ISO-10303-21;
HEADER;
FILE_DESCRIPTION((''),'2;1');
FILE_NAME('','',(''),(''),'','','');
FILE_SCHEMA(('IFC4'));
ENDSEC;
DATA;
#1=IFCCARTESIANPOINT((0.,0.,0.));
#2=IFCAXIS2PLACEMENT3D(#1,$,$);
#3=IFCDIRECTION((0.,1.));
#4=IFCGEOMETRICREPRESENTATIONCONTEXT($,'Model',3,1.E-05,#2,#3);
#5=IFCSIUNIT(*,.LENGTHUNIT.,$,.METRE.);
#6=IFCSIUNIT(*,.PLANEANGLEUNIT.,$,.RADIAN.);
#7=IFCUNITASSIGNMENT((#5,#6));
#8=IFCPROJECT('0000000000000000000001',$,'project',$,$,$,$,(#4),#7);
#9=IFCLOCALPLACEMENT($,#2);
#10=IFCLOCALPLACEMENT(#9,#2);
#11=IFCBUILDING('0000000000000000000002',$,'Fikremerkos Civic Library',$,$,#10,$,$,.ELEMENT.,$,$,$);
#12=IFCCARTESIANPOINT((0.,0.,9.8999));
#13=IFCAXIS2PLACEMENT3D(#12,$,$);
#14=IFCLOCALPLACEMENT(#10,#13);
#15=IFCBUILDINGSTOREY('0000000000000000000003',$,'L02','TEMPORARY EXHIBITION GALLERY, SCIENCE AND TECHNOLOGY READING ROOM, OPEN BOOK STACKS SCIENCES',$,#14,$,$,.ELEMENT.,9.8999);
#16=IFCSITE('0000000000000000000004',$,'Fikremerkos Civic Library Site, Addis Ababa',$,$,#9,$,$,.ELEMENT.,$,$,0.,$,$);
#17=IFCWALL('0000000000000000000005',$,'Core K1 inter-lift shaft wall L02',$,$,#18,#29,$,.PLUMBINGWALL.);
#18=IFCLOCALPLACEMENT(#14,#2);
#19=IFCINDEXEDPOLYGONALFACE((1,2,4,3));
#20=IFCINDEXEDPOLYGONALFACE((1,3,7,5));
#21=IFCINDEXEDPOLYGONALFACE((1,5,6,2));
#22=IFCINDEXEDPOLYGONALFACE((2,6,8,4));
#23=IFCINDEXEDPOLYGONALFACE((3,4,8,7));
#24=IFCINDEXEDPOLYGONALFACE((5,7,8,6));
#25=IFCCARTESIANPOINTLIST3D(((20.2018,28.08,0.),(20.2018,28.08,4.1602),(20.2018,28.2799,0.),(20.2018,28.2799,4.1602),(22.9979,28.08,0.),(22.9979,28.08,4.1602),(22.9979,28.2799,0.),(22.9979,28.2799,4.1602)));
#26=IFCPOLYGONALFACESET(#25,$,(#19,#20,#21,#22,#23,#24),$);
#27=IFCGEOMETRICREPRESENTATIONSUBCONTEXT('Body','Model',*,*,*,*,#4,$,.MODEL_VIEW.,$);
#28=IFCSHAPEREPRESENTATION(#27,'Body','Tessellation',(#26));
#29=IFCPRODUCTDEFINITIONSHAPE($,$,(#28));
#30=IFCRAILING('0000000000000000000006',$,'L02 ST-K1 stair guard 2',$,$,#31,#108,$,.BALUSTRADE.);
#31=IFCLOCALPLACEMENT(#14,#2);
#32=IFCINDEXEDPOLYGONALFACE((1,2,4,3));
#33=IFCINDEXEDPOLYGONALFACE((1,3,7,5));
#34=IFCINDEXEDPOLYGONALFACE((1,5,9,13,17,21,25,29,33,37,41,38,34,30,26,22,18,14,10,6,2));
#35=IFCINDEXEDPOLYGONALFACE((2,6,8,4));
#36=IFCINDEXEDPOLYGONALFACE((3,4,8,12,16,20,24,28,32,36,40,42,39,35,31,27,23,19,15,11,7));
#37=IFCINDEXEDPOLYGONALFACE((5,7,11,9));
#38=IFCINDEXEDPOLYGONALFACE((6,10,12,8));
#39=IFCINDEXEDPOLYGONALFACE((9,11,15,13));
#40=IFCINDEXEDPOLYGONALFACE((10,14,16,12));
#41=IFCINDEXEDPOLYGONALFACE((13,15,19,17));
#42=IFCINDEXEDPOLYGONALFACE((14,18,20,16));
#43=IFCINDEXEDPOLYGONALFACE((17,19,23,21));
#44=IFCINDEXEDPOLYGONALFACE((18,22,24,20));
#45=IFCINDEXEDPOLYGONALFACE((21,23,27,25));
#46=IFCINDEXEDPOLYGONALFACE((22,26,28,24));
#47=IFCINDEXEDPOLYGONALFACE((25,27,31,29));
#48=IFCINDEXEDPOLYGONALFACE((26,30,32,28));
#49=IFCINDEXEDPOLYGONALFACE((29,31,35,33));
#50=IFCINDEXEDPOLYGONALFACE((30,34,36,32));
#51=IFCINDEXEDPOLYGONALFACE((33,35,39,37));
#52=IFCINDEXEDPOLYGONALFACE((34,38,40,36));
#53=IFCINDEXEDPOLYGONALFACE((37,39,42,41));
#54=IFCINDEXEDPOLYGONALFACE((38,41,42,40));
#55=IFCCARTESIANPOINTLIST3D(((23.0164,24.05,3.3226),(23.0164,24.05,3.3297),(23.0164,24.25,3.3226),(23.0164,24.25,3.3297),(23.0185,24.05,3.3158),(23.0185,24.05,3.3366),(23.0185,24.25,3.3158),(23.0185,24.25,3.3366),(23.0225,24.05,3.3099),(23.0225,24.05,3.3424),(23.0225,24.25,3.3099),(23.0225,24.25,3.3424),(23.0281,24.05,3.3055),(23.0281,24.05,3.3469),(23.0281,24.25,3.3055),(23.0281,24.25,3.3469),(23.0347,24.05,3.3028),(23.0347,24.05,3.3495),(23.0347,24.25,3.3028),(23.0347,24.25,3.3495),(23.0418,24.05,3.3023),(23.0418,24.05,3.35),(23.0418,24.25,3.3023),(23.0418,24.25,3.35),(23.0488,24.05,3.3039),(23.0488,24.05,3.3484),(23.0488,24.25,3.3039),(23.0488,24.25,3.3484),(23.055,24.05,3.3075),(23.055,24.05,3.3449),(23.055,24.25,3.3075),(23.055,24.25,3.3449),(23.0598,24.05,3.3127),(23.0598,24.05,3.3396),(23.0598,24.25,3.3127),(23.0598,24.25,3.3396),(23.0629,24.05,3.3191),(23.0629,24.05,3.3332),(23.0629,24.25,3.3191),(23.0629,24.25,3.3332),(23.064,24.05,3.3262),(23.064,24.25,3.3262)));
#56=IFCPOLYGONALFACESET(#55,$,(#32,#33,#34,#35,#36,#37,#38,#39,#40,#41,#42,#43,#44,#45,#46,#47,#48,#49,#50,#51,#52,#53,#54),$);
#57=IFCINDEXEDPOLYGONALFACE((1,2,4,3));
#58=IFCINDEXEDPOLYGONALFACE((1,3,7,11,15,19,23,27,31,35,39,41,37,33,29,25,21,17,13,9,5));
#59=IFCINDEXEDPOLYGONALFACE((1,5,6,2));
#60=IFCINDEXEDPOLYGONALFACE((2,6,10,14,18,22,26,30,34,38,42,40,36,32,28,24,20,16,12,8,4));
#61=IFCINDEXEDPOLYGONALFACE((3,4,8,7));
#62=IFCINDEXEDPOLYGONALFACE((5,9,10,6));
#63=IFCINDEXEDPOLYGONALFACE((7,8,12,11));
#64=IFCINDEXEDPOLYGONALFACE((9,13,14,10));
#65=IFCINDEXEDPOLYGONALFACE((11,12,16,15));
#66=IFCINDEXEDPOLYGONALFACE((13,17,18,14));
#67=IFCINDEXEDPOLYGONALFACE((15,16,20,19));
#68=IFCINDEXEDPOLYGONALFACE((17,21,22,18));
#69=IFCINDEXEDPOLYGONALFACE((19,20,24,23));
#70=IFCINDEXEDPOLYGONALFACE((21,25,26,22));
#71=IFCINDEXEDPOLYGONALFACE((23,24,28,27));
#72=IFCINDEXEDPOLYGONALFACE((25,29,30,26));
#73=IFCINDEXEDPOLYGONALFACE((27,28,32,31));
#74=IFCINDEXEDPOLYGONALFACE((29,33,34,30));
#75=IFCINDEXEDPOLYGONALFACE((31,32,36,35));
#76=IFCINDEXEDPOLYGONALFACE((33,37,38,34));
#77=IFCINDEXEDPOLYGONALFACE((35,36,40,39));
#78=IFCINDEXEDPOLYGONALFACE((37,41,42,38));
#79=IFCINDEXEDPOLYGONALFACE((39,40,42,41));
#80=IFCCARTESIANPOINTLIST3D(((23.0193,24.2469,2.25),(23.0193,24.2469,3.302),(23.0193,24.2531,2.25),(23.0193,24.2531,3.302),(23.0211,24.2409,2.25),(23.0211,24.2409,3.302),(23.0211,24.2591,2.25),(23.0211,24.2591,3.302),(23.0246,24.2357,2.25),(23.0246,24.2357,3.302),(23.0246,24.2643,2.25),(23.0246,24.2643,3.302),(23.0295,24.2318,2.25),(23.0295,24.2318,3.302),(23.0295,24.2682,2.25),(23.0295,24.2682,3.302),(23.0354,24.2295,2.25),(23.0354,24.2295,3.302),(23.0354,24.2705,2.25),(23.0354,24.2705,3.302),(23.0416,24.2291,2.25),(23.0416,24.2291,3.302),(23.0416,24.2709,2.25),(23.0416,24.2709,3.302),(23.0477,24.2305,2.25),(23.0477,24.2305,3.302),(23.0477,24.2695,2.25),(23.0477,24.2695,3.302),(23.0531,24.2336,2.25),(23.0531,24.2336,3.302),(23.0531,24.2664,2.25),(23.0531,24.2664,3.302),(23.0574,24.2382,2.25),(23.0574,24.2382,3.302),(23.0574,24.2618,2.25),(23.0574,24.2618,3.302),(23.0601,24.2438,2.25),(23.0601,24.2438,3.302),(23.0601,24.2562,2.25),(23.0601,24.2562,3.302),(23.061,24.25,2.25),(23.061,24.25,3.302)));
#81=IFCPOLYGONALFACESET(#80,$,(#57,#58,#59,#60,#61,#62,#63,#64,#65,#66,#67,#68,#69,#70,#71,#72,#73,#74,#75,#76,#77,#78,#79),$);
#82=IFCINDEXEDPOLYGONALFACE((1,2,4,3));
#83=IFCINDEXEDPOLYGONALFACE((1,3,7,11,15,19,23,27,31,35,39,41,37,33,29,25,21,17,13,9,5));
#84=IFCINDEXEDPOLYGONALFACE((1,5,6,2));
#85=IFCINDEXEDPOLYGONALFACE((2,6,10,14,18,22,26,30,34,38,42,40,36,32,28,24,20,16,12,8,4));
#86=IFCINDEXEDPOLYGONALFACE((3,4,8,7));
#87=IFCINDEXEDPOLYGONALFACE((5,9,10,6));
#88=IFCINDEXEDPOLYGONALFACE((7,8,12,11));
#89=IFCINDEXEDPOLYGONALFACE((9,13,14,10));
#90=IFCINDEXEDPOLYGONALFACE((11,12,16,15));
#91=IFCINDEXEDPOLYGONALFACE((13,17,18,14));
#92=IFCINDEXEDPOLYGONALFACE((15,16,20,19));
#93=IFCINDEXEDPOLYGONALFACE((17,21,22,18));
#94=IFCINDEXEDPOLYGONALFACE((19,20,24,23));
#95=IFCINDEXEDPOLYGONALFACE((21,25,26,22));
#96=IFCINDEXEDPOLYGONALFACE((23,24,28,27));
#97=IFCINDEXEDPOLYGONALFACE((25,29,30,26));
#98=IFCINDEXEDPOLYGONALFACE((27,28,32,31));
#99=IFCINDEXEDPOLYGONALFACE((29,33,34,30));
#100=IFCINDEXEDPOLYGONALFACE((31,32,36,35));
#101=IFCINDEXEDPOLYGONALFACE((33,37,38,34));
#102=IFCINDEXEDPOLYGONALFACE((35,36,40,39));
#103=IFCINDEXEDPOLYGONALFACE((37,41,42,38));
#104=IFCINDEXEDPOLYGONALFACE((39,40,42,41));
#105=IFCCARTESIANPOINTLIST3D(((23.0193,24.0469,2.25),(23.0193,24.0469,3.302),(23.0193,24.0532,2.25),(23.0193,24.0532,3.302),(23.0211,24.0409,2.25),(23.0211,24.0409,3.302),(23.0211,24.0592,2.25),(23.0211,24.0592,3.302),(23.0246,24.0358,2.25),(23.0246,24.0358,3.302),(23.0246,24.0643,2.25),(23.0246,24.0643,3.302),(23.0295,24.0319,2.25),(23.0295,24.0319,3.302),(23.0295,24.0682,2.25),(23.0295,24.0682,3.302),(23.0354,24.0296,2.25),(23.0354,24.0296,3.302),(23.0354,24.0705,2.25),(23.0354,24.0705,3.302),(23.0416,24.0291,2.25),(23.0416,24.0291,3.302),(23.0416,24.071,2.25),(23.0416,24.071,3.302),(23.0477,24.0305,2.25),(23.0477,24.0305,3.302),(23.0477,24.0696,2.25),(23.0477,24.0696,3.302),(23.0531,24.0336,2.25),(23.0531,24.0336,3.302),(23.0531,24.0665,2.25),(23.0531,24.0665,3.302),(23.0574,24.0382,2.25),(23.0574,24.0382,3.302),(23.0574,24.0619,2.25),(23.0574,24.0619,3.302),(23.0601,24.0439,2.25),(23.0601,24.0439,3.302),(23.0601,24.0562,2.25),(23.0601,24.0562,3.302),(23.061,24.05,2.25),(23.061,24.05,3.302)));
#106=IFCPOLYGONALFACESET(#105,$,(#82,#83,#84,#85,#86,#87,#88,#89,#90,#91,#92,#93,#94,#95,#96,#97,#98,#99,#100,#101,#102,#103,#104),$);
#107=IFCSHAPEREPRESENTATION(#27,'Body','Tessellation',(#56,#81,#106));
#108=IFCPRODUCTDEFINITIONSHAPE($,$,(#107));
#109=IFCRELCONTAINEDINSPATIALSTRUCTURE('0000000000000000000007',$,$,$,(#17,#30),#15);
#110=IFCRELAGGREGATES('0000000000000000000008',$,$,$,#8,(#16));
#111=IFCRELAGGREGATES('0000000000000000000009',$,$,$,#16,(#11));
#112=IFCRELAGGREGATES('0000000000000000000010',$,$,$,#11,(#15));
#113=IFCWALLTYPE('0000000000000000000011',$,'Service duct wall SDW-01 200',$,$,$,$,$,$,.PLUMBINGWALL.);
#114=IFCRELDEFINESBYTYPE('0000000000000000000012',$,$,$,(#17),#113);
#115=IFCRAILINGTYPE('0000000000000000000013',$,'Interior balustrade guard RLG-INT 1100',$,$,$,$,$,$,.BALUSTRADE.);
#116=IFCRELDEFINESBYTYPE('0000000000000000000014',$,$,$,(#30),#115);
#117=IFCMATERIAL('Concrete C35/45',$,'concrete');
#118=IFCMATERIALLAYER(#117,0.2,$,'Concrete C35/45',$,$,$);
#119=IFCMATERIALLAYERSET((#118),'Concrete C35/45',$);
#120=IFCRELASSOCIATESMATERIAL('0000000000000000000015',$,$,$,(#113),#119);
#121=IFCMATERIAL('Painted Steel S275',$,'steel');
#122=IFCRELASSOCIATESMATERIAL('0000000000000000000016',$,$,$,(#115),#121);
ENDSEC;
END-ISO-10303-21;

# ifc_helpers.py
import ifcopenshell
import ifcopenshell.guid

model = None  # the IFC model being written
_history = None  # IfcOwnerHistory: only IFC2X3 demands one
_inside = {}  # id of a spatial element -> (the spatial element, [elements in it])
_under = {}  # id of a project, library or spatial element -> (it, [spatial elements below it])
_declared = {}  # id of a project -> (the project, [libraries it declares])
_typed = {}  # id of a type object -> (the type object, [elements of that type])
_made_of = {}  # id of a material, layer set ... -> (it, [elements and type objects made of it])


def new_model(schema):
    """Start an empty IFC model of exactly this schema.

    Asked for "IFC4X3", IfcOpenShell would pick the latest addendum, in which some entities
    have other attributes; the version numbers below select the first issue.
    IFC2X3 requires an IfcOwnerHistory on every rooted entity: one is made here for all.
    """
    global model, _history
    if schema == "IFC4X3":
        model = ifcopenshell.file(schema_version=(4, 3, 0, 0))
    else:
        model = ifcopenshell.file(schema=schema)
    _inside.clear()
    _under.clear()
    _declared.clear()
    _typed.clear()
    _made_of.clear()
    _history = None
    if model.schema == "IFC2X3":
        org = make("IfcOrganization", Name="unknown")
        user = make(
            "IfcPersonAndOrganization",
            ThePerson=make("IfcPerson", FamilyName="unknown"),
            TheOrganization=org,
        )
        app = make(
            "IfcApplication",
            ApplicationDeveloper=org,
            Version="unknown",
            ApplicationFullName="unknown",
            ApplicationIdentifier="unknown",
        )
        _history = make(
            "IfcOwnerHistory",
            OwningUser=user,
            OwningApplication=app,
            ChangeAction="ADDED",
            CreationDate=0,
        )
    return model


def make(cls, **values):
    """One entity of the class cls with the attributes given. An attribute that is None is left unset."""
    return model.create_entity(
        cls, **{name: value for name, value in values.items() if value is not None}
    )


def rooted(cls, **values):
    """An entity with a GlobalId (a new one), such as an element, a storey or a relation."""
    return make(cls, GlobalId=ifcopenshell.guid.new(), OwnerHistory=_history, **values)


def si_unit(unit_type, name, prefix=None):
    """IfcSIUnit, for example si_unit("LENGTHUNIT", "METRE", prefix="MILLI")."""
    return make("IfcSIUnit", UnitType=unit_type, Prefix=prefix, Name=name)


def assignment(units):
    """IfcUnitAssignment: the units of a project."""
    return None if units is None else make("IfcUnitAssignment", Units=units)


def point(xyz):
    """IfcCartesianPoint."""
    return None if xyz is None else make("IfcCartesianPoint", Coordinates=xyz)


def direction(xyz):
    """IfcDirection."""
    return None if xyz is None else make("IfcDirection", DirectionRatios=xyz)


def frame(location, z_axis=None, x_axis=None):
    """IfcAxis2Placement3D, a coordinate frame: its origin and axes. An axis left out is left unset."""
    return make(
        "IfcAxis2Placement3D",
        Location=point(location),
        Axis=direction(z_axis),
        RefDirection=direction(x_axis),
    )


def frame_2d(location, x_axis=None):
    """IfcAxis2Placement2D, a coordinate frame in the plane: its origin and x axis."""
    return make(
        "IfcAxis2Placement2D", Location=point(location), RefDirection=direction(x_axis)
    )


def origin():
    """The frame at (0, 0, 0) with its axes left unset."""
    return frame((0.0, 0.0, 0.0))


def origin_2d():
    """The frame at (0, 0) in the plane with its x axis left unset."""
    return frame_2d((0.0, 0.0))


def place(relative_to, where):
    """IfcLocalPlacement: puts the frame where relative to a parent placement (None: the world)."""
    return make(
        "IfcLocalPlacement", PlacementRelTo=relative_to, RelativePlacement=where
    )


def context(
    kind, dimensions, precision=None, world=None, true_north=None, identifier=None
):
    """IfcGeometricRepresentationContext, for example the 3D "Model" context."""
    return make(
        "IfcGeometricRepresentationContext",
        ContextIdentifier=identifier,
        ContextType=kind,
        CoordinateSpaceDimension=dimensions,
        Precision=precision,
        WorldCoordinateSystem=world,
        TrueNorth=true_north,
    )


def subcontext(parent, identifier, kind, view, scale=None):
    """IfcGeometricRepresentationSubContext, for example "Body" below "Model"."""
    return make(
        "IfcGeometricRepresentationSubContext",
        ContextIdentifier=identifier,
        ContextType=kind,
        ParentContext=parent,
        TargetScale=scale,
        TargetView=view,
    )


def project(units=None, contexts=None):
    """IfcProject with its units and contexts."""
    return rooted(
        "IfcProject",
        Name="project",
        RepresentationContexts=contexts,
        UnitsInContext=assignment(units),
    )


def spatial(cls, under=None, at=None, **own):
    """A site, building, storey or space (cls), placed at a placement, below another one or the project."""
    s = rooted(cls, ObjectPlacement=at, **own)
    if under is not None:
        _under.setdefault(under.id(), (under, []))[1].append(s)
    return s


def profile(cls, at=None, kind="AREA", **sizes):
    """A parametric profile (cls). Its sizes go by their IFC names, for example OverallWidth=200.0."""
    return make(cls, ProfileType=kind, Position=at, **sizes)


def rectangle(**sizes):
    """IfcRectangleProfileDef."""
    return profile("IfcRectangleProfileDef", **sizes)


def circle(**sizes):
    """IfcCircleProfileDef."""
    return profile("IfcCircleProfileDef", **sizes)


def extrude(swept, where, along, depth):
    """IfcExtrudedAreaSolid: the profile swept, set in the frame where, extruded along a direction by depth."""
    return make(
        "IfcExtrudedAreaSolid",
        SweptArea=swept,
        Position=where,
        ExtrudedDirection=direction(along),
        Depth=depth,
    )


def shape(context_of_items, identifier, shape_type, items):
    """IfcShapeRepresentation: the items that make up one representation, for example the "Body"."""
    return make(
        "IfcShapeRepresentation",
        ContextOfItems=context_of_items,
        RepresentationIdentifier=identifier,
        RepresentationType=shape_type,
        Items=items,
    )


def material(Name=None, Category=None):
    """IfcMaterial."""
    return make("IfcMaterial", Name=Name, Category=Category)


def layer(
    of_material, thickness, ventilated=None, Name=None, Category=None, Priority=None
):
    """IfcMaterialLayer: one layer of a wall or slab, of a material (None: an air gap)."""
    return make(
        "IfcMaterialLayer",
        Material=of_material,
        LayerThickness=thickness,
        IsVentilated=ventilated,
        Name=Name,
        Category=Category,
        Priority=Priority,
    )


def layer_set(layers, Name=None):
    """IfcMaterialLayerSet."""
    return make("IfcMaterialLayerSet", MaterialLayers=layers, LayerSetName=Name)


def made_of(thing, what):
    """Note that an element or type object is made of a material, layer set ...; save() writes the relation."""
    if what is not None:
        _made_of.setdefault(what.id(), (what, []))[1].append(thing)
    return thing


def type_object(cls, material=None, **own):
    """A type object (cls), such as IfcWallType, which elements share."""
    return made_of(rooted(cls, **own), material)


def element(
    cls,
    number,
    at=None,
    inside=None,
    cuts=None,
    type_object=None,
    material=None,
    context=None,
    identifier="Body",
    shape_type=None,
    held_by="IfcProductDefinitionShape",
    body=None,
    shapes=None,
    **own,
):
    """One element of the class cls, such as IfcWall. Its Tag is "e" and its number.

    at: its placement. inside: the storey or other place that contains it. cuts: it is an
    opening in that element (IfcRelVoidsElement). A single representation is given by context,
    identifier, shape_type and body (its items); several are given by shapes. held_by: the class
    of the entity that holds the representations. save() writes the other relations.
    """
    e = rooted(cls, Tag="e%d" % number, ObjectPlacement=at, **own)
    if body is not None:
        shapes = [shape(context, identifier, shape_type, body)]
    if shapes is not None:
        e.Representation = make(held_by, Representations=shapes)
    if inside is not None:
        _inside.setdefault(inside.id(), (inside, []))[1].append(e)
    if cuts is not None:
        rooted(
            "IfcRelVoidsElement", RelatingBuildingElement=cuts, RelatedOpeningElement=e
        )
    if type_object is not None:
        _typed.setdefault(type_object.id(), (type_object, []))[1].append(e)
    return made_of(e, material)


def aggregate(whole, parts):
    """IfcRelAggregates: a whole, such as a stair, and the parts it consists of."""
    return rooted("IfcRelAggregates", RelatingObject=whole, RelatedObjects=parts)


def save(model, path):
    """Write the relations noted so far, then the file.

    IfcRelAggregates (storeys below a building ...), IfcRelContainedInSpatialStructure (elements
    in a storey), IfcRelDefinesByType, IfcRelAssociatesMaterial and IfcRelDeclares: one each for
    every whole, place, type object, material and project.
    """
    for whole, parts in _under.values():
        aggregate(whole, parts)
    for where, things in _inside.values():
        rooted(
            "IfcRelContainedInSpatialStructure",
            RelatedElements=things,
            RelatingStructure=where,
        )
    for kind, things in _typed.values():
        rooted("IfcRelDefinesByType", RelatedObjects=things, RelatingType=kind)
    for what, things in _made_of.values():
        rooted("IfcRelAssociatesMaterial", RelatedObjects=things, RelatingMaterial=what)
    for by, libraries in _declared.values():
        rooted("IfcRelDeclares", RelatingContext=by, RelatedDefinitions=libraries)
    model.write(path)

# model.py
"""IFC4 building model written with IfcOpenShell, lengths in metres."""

from ifc_helpers import new_model, si_unit, direction, frame, frame_2d, origin, origin_2d, place, context, subcontext, project, spatial, rectangle, circle, extrude, material, layer, layer_set, type_object, element, save


model = new_model("IFC4")

# Units and contexts
model_context = context("Model", 3, precision=1e-05, world=origin(), true_north=direction((0.0, 1.0)))
body_context = subcontext(model_context, "Body", "Model", "MODEL_VIEW")
ifc_project = project(units=[si_unit("LENGTHUNIT", "METRE"), si_unit("PLANEANGLEUNIT", "RADIAN")], contexts=[model_context])

# Site, building, storey
site_placement = place(None, origin())
site = spatial("IfcSite", under=ifc_project, at=site_placement, Name="Fikremerkos Civic Library Site, Addis Ababa", CompositionType="ELEMENT", RefElevation=0.0)
building_placement = place(site_placement, origin())
building = spatial("IfcBuilding", under=site, at=building_placement, Name="Fikremerkos Civic Library", CompositionType="ELEMENT")
storey_placement = place(building_placement, frame((0.0, 0.0, 9.8999)))
storey = spatial("IfcBuildingStorey", under=building, at=storey_placement, Name="L02", Description="TEMPORARY EXHIBITION GALLERY, SCIENCE AND TECHNOLOGY READING ROOM, OPEN BOOK STACKS SCIENCES", CompositionType="ELEMENT", Elevation=9.8999)

# Wall
ifc_material_1 = material(Name="Concrete C35/45", Category="concrete")
ifc_layer_1 = layer(ifc_material_1, 0.2, Name="Concrete C35/45")
ifc_layer_set_1 = layer_set([ifc_layer_1], Name="Concrete C35/45")
wall_type_1 = type_object("IfcWallType", Name="Service duct wall SDW-01 200", PredefinedType="PLUMBINGWALL", material=ifc_layer_set_1)
wall_1_placement = place(storey_placement, frame((20.2019, 28.1799, 0.0), z_axis=(0.0, 0.0, 1.0), x_axis=(1.0, 0.0, 0.0)))
element("IfcWall", 1, at=wall_1_placement, inside=storey, type_object=wall_type_1, Name="Core K1 inter-lift shaft wall L02", PredefinedType="PLUMBINGWALL", context=body_context, shape_type="SweptSolid", body=[
    extrude(rectangle(XDim=2.7961, YDim=0.2, at=frame_2d((1.3979, 0.0))), origin(), (0.0, 0.0, 1.0), 4.1602),
])

# Railing
ifc_material_2 = material(Name="Painted Steel S275", Category="steel")
railing_type_1 = type_object("IfcRailingType", Name="Interior balustrade guard RLG-INT 1100", PredefinedType="BALUSTRADE", material=ifc_material_2)
railing_1_placement = place(storey_placement, frame((23.04, 24.25, 2.25)))
element("IfcRailing", 2, at=railing_1_placement, inside=storey, type_object=railing_type_1, Name="L02 ST-K1 stair guard 2", PredefinedType="BALUSTRADE", context=body_context, shape_type="SweptSolid", body=[
    extrude(circle(Radius=0.0239, at=origin_2d()), frame((0.0, 0.0, 1.0762), z_axis=(0.0, -1.0, 0.0), x_axis=(1.0, 0.0, 0.0)), (0.0, 0.0, 1.0), 0.2),
    extrude(circle(Radius=0.021, at=origin_2d()), origin(), (0.0, 0.0, 1.0), 1.052),
    extrude(circle(Radius=0.021, at=origin_2d()), frame((0.0, -0.2, 0.0)), (0.0, 0.0, 1.0), 1.052),
])

save(model, "model.ifc")
